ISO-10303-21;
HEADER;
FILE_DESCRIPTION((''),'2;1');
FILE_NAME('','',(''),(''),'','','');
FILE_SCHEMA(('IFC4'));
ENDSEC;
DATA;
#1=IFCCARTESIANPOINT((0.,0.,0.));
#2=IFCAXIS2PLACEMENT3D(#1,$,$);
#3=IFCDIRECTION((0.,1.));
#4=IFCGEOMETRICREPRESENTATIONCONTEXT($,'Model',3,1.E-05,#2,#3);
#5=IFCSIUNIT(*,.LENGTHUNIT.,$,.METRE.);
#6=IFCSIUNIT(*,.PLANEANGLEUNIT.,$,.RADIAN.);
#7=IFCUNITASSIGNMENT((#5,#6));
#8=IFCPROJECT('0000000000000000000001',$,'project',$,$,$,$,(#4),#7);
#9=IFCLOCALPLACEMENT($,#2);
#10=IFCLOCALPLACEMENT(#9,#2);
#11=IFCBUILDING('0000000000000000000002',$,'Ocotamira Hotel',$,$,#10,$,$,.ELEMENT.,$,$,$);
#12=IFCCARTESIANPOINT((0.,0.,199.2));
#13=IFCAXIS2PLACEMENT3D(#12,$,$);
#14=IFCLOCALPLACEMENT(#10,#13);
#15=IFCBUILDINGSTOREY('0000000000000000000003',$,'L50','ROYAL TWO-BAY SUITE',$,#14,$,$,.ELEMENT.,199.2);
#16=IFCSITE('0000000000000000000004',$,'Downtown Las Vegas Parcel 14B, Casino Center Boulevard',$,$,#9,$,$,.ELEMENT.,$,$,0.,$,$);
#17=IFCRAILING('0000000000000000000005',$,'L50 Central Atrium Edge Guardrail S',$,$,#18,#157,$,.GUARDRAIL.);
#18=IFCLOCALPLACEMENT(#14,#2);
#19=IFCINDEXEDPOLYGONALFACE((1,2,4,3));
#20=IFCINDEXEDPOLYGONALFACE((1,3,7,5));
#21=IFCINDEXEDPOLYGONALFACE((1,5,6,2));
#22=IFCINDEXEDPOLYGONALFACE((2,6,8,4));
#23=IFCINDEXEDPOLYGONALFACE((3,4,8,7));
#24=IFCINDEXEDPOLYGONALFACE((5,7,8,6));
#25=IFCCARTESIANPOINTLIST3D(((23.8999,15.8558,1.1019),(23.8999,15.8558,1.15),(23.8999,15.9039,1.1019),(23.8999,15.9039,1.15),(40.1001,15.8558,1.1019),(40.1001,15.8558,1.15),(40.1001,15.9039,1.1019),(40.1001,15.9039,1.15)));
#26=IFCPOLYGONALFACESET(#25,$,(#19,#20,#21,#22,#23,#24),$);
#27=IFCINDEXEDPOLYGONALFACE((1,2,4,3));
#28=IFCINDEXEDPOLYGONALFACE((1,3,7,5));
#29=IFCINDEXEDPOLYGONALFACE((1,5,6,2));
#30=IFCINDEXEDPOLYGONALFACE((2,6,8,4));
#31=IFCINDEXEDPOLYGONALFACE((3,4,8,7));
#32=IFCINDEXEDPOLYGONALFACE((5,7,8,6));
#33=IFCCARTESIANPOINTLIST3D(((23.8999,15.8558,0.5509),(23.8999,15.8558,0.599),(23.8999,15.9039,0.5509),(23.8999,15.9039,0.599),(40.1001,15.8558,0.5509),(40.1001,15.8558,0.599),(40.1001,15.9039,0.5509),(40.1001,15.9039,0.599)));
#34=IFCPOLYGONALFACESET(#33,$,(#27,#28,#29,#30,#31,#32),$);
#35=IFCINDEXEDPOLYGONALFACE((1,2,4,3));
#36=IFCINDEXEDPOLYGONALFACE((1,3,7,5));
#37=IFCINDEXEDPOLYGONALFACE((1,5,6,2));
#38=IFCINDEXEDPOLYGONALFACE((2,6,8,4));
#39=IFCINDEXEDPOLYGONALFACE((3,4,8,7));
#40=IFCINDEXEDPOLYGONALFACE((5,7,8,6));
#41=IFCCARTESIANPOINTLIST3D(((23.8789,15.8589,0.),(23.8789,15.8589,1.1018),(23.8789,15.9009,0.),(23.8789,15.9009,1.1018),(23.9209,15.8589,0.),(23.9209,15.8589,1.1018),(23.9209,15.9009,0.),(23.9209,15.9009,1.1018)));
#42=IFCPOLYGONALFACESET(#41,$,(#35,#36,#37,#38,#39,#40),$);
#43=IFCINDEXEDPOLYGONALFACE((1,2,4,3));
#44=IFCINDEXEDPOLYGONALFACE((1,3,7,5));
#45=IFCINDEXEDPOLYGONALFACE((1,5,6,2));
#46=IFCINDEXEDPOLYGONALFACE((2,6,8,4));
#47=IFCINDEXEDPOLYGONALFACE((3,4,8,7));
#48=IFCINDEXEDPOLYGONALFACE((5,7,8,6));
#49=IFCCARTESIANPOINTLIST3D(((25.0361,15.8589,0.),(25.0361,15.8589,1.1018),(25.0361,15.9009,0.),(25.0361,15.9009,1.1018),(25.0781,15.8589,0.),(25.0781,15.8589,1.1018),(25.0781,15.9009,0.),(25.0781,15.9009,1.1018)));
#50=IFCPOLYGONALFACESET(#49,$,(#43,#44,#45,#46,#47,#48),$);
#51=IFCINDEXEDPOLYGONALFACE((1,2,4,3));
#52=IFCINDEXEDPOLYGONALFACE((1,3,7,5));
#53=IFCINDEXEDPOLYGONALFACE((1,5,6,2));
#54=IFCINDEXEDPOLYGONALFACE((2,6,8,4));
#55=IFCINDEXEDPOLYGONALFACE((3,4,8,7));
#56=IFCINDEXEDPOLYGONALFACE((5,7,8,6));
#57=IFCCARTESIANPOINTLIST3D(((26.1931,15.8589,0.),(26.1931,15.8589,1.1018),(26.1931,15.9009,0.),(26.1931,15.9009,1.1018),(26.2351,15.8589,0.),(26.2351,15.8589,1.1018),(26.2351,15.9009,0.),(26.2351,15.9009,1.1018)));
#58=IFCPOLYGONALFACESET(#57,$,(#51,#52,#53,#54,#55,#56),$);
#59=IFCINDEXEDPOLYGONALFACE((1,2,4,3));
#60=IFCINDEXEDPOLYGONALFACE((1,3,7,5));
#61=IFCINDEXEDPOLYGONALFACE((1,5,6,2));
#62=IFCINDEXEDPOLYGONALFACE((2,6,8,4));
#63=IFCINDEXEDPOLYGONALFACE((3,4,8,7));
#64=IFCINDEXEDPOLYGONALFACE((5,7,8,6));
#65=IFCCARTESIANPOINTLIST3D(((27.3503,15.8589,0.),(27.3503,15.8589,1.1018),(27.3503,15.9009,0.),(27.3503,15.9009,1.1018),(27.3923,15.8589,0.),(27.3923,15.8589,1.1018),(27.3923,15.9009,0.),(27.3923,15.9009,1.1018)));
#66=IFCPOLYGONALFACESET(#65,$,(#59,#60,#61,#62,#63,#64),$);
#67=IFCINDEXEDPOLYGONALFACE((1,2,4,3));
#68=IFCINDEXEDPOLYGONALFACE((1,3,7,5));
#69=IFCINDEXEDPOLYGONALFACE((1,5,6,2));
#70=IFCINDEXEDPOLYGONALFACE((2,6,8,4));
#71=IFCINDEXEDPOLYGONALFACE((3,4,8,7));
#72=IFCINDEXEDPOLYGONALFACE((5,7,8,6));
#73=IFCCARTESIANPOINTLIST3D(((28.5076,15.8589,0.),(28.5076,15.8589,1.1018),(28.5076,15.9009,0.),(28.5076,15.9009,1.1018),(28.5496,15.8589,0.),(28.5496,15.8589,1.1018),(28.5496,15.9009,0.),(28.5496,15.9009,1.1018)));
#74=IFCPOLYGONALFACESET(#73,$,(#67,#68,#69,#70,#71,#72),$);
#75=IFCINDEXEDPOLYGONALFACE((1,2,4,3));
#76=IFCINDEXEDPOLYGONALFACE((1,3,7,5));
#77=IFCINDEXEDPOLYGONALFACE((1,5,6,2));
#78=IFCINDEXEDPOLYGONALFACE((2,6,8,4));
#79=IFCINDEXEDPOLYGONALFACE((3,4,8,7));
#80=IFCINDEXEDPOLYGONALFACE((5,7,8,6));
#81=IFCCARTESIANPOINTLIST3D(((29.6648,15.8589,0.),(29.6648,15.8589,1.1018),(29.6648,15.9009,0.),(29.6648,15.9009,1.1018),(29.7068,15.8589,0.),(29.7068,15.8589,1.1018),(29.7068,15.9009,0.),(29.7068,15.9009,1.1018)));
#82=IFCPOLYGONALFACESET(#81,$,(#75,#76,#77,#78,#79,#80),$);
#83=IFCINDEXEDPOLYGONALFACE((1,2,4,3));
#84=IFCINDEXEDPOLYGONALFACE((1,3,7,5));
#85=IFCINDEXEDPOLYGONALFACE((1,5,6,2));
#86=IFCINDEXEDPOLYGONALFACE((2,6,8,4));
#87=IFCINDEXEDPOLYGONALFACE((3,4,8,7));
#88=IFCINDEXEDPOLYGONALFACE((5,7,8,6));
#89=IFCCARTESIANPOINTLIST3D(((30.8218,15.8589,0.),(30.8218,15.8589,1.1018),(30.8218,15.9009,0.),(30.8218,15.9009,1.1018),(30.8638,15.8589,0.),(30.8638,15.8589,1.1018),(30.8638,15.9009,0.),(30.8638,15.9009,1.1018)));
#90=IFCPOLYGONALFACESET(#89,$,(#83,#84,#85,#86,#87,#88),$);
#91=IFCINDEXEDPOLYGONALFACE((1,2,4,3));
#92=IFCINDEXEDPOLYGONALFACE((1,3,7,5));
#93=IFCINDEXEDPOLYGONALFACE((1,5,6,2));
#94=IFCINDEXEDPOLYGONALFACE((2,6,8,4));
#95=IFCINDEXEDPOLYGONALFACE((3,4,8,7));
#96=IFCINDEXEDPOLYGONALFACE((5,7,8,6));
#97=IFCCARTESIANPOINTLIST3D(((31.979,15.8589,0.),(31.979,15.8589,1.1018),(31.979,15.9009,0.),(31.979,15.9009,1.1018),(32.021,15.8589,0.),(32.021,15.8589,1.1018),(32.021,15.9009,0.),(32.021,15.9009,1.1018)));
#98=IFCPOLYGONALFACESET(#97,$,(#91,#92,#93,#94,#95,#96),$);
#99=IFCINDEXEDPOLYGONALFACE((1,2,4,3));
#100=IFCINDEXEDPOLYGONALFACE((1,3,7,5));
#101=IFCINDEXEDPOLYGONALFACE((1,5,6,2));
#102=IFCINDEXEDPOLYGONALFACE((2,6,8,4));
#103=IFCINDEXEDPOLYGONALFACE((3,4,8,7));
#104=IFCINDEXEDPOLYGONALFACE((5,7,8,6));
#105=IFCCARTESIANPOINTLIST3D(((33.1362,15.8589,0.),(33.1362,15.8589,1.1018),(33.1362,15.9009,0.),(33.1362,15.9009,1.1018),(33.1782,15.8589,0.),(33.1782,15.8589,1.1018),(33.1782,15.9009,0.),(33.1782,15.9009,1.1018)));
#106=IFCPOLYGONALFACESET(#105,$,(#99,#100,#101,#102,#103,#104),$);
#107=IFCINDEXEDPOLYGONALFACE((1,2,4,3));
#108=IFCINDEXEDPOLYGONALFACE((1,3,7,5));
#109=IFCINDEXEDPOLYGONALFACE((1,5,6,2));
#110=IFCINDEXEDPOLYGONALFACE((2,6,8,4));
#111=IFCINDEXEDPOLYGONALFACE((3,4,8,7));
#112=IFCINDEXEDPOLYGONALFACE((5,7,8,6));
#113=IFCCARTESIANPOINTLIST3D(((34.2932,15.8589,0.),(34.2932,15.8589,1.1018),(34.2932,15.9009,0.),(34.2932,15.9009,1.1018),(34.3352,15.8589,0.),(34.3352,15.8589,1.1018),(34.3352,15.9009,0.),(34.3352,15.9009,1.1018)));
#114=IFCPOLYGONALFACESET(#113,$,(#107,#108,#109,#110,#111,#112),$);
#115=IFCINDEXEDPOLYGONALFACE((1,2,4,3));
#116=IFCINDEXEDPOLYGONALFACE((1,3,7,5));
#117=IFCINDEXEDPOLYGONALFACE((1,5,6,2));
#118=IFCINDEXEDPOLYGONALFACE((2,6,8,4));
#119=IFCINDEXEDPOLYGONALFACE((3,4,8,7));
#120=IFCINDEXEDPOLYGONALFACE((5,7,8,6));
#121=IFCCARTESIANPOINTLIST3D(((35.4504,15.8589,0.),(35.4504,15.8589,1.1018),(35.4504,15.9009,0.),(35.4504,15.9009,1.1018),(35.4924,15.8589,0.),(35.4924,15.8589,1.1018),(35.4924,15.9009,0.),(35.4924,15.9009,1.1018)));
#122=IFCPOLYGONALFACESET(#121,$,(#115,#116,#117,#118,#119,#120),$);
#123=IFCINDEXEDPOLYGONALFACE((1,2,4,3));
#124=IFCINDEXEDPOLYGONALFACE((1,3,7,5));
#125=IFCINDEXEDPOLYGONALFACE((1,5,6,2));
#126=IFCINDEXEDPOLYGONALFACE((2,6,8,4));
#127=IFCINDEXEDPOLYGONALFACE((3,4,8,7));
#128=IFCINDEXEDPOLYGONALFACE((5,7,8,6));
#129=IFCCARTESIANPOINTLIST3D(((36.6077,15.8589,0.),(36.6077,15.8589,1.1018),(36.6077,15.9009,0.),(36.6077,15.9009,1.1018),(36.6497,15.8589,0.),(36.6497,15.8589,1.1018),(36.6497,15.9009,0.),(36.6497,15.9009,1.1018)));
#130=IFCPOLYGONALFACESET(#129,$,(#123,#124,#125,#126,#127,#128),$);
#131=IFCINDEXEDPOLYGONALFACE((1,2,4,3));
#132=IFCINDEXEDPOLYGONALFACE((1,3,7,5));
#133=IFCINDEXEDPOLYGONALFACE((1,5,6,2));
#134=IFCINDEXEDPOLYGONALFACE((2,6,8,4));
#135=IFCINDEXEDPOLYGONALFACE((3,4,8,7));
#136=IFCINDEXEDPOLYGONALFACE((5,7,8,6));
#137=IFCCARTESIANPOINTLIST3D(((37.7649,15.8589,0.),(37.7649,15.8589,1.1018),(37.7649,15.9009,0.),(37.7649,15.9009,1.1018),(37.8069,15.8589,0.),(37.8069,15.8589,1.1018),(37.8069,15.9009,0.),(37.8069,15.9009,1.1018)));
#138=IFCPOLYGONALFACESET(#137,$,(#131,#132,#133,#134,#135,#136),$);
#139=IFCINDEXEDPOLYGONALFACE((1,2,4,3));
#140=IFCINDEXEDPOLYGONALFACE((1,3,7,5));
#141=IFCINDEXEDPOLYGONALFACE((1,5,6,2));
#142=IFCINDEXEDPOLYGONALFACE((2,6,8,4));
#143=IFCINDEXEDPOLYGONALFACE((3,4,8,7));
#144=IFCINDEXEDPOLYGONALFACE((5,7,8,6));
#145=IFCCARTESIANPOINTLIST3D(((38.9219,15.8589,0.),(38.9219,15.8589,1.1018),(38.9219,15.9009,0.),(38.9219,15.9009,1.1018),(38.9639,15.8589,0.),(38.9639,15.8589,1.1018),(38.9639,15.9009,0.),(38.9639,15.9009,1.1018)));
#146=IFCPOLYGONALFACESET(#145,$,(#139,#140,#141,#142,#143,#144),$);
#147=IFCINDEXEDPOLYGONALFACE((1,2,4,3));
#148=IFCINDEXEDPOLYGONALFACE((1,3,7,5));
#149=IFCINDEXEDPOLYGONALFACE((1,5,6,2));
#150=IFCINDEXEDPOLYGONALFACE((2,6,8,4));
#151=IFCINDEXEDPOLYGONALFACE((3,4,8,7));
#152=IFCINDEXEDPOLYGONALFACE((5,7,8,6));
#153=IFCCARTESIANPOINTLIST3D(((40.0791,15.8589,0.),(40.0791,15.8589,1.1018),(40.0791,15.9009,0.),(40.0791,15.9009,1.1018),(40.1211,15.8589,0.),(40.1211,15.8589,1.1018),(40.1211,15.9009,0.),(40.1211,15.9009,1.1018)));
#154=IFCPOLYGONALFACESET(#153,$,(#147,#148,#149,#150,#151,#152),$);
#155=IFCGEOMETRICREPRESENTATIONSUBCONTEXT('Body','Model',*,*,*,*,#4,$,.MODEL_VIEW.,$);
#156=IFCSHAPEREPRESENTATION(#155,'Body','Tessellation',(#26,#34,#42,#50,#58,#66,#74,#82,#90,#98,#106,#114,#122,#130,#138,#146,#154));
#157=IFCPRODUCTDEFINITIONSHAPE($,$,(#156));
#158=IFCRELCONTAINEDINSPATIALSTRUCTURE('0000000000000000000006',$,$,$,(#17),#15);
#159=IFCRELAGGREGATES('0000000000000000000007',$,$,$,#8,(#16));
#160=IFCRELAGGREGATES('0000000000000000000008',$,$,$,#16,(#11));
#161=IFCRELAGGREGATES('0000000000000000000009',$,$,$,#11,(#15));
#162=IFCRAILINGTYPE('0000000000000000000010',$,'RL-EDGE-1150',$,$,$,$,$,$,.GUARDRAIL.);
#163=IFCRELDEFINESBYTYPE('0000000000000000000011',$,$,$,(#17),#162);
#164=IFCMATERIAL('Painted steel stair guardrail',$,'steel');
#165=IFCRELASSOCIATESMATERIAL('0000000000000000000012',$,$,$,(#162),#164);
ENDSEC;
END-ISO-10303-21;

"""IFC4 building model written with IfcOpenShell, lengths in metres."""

from ifc_helpers import new_model, si_unit, direction, frame, origin, origin_2d, place, context, subcontext, project, spatial, rectangle, extrude, material, type_object, element, save


model = new_model("IFC4")

# Units and contexts
model_context = context("Model", 3, precision=1e-05, world=origin(), true_north=direction((0.0, 1.0)))
body_context = subcontext(model_context, "Body", "Model", "MODEL_VIEW")
ifc_project = project(units=[si_unit("LENGTHUNIT", "METRE"), si_unit("PLANEANGLEUNIT", "RADIAN")], contexts=[model_context])

# Site, building, storey
site_placement = place(None, origin())
site = spatial("IfcSite", under=ifc_project, at=site_placement, Name="Downtown Las Vegas Parcel 14B, Casino Center Boulevard", CompositionType="ELEMENT", RefElevation=0.0)
building_placement = place(site_placement, origin())
building = spatial("IfcBuilding", under=site, at=building_placement, Name="Ocotamira Hotel", CompositionType="ELEMENT")
storey_placement = place(building_placement, frame((0.0, 0.0, 199.2)))
storey = spatial("IfcBuildingStorey", under=building, at=storey_placement, Name="L50", Description="ROYAL TWO-BAY SUITE", CompositionType="ELEMENT", Elevation=199.2)

# Railing
ifc_material_1 = material(Name="Painted steel stair guardrail", Category="steel")
railing_type_1 = type_object("IfcRailingType", Name="RL-EDGE-1150", PredefinedType="GUARDRAIL", material=ifc_material_1)
railing_1_placement = place(storey_placement, frame((23.8999, 15.8799, 0.0)))
element("IfcRailing", 1, at=railing_1_placement, inside=storey, type_object=railing_type_1, Name="L50 Central Atrium Edge Guardrail S", PredefinedType="GUARDRAIL", context=body_context, shape_type="SweptSolid", body=[
    extrude(rectangle(XDim=0.0481, YDim=0.0481, at=origin_2d()), frame((0.0, 0.0, 1.126), z_axis=(1.0, 0.0, 0.0), x_axis=(0.0, 1.0, 0.0)), (0.0, 0.0, 1.0), 16.2002),
    extrude(rectangle(XDim=0.0481, YDim=0.0481, at=origin_2d()), frame((0.0, 0.0, 0.575), z_axis=(1.0, 0.0, 0.0), x_axis=(0.0, 1.0, 0.0)), (0.0, 0.0, 1.0), 16.2002),
    extrude(rectangle(XDim=0.042, YDim=0.042, at=origin_2d()), origin(), (0.0, 0.0, 1.0), 1.1018),
    extrude(rectangle(XDim=0.042, YDim=0.042, at=origin_2d()), frame((1.1572, 0.0, 0.0)), (0.0, 0.0, 1.0), 1.1018),
    extrude(rectangle(XDim=0.042, YDim=0.042, at=origin_2d()), frame((2.3142, 0.0, 0.0)), (0.0, 0.0, 1.0), 1.1018),
    extrude(rectangle(XDim=0.042, YDim=0.042, at=origin_2d()), frame((3.4714, 0.0, 0.0)), (0.0, 0.0, 1.0), 1.1018),
    extrude(rectangle(XDim=0.042, YDim=0.042, at=origin_2d()), frame((4.6287, 0.0, 0.0)), (0.0, 0.0, 1.0), 1.1018),
    extrude(rectangle(XDim=0.042, YDim=0.042, at=origin_2d()), frame((5.7859, 0.0, 0.0)), (0.0, 0.0, 1.0), 1.1018),
    extrude(rectangle(XDim=0.042, YDim=0.042, at=origin_2d()), frame((6.9429, 0.0, 0.0)), (0.0, 0.0, 1.0), 1.1018),
    extrude(rectangle(XDim=0.042, YDim=0.042, at=origin_2d()), frame((8.1001, 0.0, 0.0)), (0.0, 0.0, 1.0), 1.1018),
    extrude(rectangle(XDim=0.042, YDim=0.042, at=origin_2d()), frame((9.2573, 0.0, 0.0)), (0.0, 0.0, 1.0), 1.1018),
    extrude(rectangle(XDim=0.042, YDim=0.042, at=origin_2d()), frame((10.4143, 0.0, 0.0)), (0.0, 0.0, 1.0), 1.1018),
    extrude(rectangle(XDim=0.042, YDim=0.042, at=origin_2d()), frame((11.5715, 0.0, 0.0)), (0.0, 0.0, 1.0), 1.1018),
    extrude(rectangle(XDim=0.042, YDim=0.042, at=origin_2d()), frame((12.7288, 0.0, 0.0)), (0.0, 0.0, 1.0), 1.1018),
    extrude(rectangle(XDim=0.042, YDim=0.042, at=origin_2d()), frame((13.886, 0.0, 0.0)), (0.0, 0.0, 1.0), 1.1018),
    extrude(rectangle(XDim=0.042, YDim=0.042, at=origin_2d()), frame((15.043, 0.0, 0.0)), (0.0, 0.0, 1.0), 1.1018),
    extrude(rectangle(XDim=0.042, YDim=0.042, at=origin_2d()), frame((16.2002, 0.0, 0.0)), (0.0, 0.0, 1.0), 1.1018),
])

save(model, "model.ifc")
